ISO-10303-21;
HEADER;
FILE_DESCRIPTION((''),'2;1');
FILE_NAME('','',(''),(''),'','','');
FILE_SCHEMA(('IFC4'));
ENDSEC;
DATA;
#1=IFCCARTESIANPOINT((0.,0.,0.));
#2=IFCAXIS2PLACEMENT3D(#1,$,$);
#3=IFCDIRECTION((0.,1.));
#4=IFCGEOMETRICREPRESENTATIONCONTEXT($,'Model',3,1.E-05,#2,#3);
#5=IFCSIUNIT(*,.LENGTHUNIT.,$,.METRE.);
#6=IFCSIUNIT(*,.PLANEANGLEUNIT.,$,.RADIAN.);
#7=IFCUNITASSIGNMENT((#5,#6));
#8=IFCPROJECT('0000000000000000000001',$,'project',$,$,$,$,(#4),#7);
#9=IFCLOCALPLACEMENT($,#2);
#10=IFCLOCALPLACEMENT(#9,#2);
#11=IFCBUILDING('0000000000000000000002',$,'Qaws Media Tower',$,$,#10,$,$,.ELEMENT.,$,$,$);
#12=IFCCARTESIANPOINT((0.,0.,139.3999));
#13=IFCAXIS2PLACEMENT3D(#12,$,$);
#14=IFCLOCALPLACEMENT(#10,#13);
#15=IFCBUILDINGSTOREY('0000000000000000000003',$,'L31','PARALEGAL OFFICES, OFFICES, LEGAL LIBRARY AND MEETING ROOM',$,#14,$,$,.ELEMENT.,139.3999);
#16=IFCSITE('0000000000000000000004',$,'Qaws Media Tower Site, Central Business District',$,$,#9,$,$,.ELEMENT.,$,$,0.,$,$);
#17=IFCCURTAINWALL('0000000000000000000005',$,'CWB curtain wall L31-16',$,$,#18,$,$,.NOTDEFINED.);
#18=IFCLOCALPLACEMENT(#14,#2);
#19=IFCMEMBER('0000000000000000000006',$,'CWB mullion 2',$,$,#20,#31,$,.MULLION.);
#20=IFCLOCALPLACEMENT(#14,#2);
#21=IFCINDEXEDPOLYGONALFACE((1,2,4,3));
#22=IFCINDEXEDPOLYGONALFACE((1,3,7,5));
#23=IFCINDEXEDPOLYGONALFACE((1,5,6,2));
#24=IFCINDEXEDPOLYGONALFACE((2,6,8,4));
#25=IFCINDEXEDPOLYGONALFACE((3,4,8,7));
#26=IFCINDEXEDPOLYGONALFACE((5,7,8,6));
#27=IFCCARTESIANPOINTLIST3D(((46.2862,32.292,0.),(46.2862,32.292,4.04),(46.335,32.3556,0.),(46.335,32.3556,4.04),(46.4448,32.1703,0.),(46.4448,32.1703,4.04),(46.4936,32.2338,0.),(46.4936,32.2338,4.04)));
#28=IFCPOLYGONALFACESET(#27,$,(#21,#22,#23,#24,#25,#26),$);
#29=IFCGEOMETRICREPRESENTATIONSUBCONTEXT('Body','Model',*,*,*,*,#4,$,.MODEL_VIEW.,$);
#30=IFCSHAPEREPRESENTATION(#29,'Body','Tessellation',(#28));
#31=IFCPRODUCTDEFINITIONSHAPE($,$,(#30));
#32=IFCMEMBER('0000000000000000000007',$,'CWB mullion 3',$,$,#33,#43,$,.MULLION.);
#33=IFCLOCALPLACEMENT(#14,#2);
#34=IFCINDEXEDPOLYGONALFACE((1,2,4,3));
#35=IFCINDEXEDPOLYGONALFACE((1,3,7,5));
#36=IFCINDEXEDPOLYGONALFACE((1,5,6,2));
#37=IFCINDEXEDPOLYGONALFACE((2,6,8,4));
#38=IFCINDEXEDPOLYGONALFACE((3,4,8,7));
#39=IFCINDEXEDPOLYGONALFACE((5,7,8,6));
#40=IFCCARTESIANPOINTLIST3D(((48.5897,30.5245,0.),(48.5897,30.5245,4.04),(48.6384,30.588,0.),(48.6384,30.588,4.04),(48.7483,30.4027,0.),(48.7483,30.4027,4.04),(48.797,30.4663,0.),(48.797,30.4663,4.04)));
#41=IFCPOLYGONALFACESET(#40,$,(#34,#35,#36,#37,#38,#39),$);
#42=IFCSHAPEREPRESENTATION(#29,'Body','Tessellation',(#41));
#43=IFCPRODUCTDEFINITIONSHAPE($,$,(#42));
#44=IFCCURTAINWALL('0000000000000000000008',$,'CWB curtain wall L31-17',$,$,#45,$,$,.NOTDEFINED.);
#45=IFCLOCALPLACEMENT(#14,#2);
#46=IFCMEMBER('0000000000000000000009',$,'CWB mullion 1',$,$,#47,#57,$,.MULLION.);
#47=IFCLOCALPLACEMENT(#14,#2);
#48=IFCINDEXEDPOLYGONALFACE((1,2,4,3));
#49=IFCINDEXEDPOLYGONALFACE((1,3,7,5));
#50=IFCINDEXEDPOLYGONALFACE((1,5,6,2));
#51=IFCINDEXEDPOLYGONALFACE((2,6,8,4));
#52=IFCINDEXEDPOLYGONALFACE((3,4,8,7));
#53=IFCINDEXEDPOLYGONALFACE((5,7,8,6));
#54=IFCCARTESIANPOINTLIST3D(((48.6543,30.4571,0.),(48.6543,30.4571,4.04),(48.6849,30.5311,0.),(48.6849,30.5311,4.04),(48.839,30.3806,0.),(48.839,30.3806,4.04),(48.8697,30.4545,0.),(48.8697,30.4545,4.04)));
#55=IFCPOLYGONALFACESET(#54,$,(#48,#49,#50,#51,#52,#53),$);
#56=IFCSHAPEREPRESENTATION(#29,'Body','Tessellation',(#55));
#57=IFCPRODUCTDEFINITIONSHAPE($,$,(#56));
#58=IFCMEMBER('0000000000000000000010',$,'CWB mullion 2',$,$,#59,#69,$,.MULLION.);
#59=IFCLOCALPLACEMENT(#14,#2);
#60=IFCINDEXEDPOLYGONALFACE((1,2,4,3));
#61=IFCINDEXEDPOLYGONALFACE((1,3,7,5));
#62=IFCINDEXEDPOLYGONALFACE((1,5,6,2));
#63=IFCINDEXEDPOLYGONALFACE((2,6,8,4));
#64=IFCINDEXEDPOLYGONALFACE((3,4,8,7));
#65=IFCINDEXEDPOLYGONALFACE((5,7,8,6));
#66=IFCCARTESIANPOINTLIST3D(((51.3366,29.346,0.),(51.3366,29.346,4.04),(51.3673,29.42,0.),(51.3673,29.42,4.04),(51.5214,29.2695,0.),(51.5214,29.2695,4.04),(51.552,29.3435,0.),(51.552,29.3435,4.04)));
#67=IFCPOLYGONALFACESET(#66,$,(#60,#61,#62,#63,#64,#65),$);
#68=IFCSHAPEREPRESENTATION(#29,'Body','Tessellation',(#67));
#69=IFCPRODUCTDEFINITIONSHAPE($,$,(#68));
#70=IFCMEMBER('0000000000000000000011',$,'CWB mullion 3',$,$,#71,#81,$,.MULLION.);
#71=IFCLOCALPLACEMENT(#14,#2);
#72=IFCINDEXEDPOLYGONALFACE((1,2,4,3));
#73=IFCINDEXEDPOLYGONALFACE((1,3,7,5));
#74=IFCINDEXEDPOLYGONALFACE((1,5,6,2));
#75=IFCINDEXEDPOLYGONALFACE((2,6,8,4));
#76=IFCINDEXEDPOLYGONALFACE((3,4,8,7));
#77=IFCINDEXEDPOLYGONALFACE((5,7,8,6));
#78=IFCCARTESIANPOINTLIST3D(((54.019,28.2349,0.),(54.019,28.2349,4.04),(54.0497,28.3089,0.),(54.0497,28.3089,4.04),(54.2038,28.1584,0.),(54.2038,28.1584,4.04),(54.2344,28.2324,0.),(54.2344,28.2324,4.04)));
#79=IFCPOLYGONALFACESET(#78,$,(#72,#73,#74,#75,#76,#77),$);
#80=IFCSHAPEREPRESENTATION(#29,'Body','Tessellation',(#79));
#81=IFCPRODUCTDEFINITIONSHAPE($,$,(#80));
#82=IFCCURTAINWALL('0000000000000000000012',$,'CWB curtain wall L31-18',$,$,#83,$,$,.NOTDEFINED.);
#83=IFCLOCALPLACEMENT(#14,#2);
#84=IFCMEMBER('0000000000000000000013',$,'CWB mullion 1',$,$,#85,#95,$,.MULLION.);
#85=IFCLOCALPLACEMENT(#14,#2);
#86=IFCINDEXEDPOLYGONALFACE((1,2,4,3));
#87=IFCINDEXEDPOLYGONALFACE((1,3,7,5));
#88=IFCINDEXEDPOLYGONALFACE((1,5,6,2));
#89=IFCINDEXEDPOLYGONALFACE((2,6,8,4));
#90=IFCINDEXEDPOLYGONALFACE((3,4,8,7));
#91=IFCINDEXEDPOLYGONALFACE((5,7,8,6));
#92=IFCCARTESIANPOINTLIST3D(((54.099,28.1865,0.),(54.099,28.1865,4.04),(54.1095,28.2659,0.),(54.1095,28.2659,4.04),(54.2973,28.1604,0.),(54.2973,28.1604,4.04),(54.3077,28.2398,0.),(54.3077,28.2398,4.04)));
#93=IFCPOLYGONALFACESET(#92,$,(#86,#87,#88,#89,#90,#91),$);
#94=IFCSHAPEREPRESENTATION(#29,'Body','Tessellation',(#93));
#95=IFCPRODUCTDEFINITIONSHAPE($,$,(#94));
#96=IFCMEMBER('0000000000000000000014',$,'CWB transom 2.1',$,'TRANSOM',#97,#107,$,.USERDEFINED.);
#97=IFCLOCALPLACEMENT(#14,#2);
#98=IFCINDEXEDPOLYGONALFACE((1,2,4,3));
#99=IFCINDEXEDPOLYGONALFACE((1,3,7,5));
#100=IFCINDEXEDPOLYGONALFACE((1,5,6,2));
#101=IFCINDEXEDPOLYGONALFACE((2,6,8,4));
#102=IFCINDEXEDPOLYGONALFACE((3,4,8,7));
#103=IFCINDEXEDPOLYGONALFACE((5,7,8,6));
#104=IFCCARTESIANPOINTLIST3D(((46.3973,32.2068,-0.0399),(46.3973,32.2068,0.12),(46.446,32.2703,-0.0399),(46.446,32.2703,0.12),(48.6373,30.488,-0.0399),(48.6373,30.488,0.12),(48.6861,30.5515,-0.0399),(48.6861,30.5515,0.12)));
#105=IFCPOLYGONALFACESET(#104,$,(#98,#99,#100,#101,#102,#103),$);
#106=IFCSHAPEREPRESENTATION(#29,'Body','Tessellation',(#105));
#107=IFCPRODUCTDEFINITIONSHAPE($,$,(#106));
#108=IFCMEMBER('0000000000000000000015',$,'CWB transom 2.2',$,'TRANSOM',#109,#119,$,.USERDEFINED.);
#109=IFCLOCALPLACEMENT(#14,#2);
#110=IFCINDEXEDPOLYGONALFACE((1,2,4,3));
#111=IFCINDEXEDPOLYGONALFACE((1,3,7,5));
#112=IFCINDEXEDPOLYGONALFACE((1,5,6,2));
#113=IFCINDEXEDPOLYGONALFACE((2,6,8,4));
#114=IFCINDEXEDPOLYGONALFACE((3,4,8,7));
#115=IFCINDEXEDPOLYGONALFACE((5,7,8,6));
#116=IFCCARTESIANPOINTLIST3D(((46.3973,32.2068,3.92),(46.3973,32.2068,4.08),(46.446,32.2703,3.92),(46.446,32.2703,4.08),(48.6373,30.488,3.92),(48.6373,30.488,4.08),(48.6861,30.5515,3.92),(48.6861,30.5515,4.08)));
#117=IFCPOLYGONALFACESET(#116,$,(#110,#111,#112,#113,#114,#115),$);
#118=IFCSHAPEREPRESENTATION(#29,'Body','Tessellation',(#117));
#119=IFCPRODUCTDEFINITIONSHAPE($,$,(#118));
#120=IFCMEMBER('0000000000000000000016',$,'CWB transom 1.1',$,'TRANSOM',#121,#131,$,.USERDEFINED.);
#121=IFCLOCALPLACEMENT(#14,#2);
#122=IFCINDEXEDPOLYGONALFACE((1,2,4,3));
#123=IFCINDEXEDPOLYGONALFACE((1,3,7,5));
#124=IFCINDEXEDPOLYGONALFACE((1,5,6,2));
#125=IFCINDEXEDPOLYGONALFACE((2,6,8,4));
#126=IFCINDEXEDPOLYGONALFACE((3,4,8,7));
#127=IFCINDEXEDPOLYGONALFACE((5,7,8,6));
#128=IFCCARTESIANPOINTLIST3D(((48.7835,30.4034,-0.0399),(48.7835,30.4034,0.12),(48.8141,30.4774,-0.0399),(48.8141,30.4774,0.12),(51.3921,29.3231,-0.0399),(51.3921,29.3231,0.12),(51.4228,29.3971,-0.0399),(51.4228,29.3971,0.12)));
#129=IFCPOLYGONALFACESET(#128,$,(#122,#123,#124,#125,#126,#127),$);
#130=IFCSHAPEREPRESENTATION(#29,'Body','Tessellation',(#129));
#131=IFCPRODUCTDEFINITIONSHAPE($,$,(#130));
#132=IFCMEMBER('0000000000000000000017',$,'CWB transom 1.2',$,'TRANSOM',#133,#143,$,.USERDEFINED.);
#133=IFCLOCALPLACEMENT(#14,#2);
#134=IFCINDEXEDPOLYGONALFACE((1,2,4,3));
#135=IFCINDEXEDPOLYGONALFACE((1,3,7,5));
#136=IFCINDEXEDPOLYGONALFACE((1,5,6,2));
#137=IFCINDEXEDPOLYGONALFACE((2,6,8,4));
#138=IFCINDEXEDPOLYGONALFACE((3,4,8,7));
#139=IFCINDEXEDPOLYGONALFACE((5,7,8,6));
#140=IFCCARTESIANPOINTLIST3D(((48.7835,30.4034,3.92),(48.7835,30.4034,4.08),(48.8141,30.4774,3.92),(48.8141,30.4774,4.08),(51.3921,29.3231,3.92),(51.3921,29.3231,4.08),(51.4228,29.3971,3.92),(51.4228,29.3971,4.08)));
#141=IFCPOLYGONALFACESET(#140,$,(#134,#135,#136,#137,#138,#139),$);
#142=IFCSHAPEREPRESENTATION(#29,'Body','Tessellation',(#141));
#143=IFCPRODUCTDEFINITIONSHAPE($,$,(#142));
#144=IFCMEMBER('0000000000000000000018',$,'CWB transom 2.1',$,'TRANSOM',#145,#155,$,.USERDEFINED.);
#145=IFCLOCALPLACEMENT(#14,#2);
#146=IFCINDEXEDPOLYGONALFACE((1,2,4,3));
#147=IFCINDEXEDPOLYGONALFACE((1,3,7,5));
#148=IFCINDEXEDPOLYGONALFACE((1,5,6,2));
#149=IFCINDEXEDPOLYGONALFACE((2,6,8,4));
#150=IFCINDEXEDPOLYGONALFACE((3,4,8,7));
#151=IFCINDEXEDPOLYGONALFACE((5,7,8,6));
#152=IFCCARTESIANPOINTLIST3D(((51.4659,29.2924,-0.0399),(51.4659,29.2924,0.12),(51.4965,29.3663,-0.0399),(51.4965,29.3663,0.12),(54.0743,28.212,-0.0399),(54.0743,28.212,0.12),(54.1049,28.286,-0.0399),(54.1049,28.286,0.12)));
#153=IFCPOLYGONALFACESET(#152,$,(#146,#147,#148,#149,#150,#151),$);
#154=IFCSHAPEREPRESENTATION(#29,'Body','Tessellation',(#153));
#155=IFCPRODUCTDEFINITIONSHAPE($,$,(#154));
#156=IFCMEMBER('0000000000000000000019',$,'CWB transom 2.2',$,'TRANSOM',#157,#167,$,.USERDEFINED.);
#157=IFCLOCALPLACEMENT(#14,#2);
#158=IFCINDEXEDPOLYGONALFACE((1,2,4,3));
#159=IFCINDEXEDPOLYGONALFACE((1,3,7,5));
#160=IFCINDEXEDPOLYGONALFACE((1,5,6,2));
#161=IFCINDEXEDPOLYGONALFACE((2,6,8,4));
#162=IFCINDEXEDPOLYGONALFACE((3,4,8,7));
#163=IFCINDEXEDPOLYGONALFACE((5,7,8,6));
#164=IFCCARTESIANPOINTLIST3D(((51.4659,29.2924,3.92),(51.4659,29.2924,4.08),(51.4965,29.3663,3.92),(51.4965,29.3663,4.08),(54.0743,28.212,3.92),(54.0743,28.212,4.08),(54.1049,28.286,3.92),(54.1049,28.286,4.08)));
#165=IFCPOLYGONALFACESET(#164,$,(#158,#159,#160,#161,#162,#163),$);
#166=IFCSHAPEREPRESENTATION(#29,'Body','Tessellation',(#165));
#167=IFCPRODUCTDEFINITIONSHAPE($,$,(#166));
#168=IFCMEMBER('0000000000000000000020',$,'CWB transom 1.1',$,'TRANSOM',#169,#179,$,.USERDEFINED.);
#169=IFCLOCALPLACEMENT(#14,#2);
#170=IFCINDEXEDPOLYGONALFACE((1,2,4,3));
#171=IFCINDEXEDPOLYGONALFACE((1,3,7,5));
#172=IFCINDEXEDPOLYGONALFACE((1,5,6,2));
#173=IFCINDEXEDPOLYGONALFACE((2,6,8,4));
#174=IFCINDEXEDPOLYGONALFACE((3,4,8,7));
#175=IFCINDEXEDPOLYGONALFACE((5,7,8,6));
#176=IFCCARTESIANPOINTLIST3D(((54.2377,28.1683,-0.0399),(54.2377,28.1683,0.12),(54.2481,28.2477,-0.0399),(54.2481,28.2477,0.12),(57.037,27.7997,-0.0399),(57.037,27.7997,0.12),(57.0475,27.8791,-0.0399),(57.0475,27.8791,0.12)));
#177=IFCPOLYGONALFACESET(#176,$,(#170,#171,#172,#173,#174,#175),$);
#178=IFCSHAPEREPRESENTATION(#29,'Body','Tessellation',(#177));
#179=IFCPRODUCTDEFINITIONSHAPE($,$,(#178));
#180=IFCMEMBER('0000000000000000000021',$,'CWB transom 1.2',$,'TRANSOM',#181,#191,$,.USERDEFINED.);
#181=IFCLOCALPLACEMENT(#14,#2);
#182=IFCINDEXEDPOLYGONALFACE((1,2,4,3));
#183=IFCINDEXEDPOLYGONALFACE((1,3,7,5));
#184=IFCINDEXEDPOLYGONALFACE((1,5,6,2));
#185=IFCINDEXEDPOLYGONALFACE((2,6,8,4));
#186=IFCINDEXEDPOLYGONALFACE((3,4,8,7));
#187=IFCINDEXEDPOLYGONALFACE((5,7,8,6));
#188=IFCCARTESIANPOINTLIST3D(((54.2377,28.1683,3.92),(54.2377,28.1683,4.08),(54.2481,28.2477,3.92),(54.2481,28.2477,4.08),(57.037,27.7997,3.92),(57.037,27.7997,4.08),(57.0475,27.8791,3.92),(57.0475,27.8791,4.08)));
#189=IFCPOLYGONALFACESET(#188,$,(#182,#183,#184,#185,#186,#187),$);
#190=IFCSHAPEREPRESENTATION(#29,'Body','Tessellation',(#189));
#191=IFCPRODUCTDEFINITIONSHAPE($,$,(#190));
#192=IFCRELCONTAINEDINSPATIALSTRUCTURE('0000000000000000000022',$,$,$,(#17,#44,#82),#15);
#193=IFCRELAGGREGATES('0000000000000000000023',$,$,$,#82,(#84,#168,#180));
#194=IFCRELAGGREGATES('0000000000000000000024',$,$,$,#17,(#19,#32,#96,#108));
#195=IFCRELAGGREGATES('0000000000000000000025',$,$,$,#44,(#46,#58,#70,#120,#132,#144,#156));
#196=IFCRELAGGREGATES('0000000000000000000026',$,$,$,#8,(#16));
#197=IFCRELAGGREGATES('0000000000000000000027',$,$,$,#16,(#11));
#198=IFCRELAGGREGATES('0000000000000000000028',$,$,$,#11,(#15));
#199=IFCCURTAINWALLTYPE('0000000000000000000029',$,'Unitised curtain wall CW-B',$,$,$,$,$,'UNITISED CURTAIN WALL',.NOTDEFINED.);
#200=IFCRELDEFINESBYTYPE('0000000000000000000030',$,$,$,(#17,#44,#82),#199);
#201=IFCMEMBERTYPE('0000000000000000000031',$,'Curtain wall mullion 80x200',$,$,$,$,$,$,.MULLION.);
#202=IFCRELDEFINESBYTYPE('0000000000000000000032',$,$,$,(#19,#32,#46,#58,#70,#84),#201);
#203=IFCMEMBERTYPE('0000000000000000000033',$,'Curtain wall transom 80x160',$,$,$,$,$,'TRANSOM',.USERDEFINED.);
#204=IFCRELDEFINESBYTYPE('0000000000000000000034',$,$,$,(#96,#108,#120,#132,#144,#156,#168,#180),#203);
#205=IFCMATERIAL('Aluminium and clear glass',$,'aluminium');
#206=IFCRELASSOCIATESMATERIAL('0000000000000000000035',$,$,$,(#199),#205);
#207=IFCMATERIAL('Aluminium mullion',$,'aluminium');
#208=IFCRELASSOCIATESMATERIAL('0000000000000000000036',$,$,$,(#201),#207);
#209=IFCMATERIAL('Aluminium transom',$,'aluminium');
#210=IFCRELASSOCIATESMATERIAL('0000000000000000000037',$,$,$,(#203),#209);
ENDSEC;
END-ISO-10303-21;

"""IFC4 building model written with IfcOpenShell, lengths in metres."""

from ifc_helpers import new_model, si_unit, direction, frame, origin, origin_2d, place, context, subcontext, project, spatial, rectangle, extrude, material, material_profile, profile_set, type_object, element, aggregate, save


model = new_model("IFC4")

# Units and contexts
model_context = context("Model", 3, precision=1e-05, world=origin(), true_north=direction((0.0, 1.0)))
body_context = subcontext(model_context, "Body", "Model", "MODEL_VIEW")
ifc_project = project(units=[si_unit("LENGTHUNIT", "METRE"), si_unit("PLANEANGLEUNIT", "RADIAN")], contexts=[model_context])

# Site, building, storey
site_placement = place(None, origin())
site = spatial("IfcSite", under=ifc_project, at=site_placement, Name="Qaws Media Tower Site, Central Business District", CompositionType="ELEMENT", RefElevation=0.0)
building_placement = place(site_placement, origin())
building = spatial("IfcBuilding", under=site, at=building_placement, Name="Qaws Media Tower", CompositionType="ELEMENT")
storey_placement = place(building_placement, frame((0.0, 0.0, 139.3999)))
storey = spatial("IfcBuildingStorey", under=building, at=storey_placement, Name="L31", Description="PARALEGAL OFFICES, OFFICES, LEGAL LIBRARY AND MEETING ROOM", CompositionType="ELEMENT", Elevation=139.3999)

# Curtain walls, members
ifc_material_1 = material(Name="Aluminium and clear glass", Category="aluminium")
curtain_wall_type = type_object("IfcCurtainWallType", Name="Unitised curtain wall CW-B", ElementType="UNITISED CURTAIN WALL", PredefinedType="NOTDEFINED", material=ifc_material_1)
curtain_wall_1_placement = place(storey_placement, origin())
curtain_wall_1 = element("IfcCurtainWall", 1, at=curtain_wall_1_placement, inside=storey, type_object=curtain_wall_type, Name="CWB curtain wall L31-16", PredefinedType="NOTDEFINED")
ifc_material_2 = material(Name="Aluminium mullion", Category="aluminium")
ifc_material_profile_1 = material_profile(ifc_material_2, rectangle(XDim=0.0801, YDim=0.2, at=origin_2d()), Name="80x200")
ifc_profile_set_1 = profile_set([ifc_material_profile_1], Name="Aluminium mullion")
member_type_1 = type_object("IfcMemberType", Name="Curtain wall mullion 80x200", PredefinedType="MULLION", material=ifc_profile_set_1)
member_1_placement = place(storey_placement, frame((46.3899, 32.2629, 0.0), z_axis=(0.0, 0.0, 1.0), x_axis=(0.608761, 0.793353, 0.0)))
member_1 = element("IfcMember", 2, at=member_1_placement, type_object=member_type_1, Name="CWB mullion 2", PredefinedType="MULLION", context=body_context, shape_type="SweptSolid", body=[
    extrude(rectangle(XDim=0.0801, YDim=0.2, at=origin_2d()), origin(), (0.0, 0.0, 1.0), 4.04),
])
member_2_placement = place(storey_placement, frame((48.6934, 30.4954, 0.0), z_axis=(0.0, 0.0, 1.0), x_axis=(0.608761, 0.793353, 0.0)))
member_2 = element("IfcMember", 3, at=member_2_placement, type_object=member_type_1, Name="CWB mullion 3", PredefinedType="MULLION", context=body_context, shape_type="SweptSolid", body=[
    extrude(rectangle(XDim=0.0801, YDim=0.2, at=origin_2d()), origin(), (0.0, 0.0, 1.0), 4.04),
])
curtain_wall_2_placement = place(storey_placement, origin())
curtain_wall_2 = element("IfcCurtainWall", 4, at=curtain_wall_2_placement, inside=storey, type_object=curtain_wall_type, Name="CWB curtain wall L31-17", PredefinedType="NOTDEFINED")
member_3_placement = place(storey_placement, frame((48.762, 30.4558, 0.0), z_axis=(0.0, 0.0, 1.0), x_axis=(0.382683, 0.92388, 0.0)))
member_3 = element("IfcMember", 5, at=member_3_placement, type_object=member_type_1, Name="CWB mullion 1", PredefinedType="MULLION", context=body_context, shape_type="SweptSolid", body=[
    extrude(rectangle(XDim=0.0801, YDim=0.2, at=origin_2d()), origin(), (0.0, 0.0, 1.0), 4.04),
])
member_4_placement = place(storey_placement, frame((51.4443, 29.3447, 0.0), z_axis=(0.0, 0.0, 1.0), x_axis=(0.382683, 0.92388, 0.0)))
member_4 = element("IfcMember", 6, at=member_4_placement, type_object=member_type_1, Name="CWB mullion 2", PredefinedType="MULLION", context=body_context, shape_type="SweptSolid", body=[
    extrude(rectangle(XDim=0.0801, YDim=0.2, at=origin_2d()), origin(), (0.0, 0.0, 1.0), 4.04),
])
member_5_placement = place(storey_placement, frame((54.1267, 28.2336, 0.0), z_axis=(0.0, 0.0, 1.0), x_axis=(0.382683, 0.92388, 0.0)))
member_5 = element("IfcMember", 7, at=member_5_placement, type_object=member_type_1, Name="CWB mullion 3", PredefinedType="MULLION", context=body_context, shape_type="SweptSolid", body=[
    extrude(rectangle(XDim=0.0801, YDim=0.2, at=origin_2d()), origin(), (0.0, 0.0, 1.0), 4.04),
])

# Curtain wall, member
curtain_wall_3_placement = place(storey_placement, origin())
curtain_wall_3 = element("IfcCurtainWall", 8, at=curtain_wall_3_placement, inside=storey, type_object=curtain_wall_type, Name="CWB curtain wall L31-18", PredefinedType="NOTDEFINED")
member_6_placement = place(storey_placement, frame((54.2034, 28.2131, 0.0), z_axis=(0.0, 0.0, 1.0), x_axis=(0.130526, 0.991445, 0.0)))
member_6 = element("IfcMember", 9, at=member_6_placement, type_object=member_type_1, Name="CWB mullion 1", PredefinedType="MULLION", context=body_context, shape_type="SweptSolid", body=[
    extrude(rectangle(XDim=0.0801, YDim=0.2, at=origin_2d()), origin(), (0.0, 0.0, 1.0), 4.04),
])

# Members
ifc_material_3 = material(Name="Aluminium transom", Category="aluminium")
ifc_material_profile_2 = material_profile(ifc_material_3, rectangle(XDim=0.0801, YDim=0.1599, at=origin_2d()), Name="80x160")
ifc_profile_set_2 = profile_set([ifc_material_profile_2], Name="Aluminium transom")
member_type_2 = type_object("IfcMemberType", Name="Curtain wall transom 80x160", ElementType="TRANSOM", PredefinedType="USERDEFINED", material=ifc_profile_set_2)
member_7_placement = place(storey_placement, frame((46.4216, 32.2385, 0.04), z_axis=(0.793363, -0.608749, 0.0), x_axis=(0.608749, 0.793363, 0.0)))
member_7 = element("IfcMember", 10, at=member_7_placement, type_object=member_type_2, Name="CWB transom 2.1", ObjectType="TRANSOM", PredefinedType="USERDEFINED", context=body_context, shape_type="SweptSolid", body=[
    extrude(rectangle(XDim=0.0801, YDim=0.1599, at=origin_2d()), origin(), (0.0, 0.0, 1.0), 2.8235),
])
member_8_placement = place(storey_placement, frame((46.4216, 32.2385, 4.0), z_axis=(0.793363, -0.608749, 0.0), x_axis=(0.608749, 0.793363, 0.0)))
member_8 = element("IfcMember", 11, at=member_8_placement, type_object=member_type_2, Name="CWB transom 2.2", ObjectType="TRANSOM", PredefinedType="USERDEFINED", context=body_context, shape_type="SweptSolid", body=[
    extrude(rectangle(XDim=0.0801, YDim=0.1599, at=origin_2d()), origin(), (0.0, 0.0, 1.0), 2.8235),
])
member_9_placement = place(storey_placement, frame((48.7988, 30.4404, 0.04), z_axis=(0.923906, -0.382619, 0.0), x_axis=(0.382619, 0.923906, 0.0)))
member_9 = element("IfcMember", 12, at=member_9_placement, type_object=member_type_2, Name="CWB transom 1.1", ObjectType="TRANSOM", PredefinedType="USERDEFINED", context=body_context, shape_type="SweptSolid", body=[
    extrude(rectangle(XDim=0.0801, YDim=0.1599, at=origin_2d()), origin(), (0.0, 0.0, 1.0), 2.8235),
])
member_10_placement = place(storey_placement, frame((48.7988, 30.4404, 4.0), z_axis=(0.923906, -0.382619, 0.0), x_axis=(0.382619, 0.923906, 0.0)))
member_10 = element("IfcMember", 13, at=member_10_placement, type_object=member_type_2, Name="CWB transom 1.2", ObjectType="TRANSOM", PredefinedType="USERDEFINED", context=body_context, shape_type="SweptSolid", body=[
    extrude(rectangle(XDim=0.0801, YDim=0.1599, at=origin_2d()), origin(), (0.0, 0.0, 1.0), 2.8235),
])
member_11_placement = place(storey_placement, frame((51.4812, 29.3293, 0.04), z_axis=(0.923894, -0.38265, 0.0), x_axis=(0.38265, 0.923894, 0.0)))
member_11 = element("IfcMember", 14, at=member_11_placement, type_object=member_type_2, Name="CWB transom 2.1", ObjectType="TRANSOM", PredefinedType="USERDEFINED", context=body_context, shape_type="SweptSolid", body=[
    extrude(rectangle(XDim=0.0801, YDim=0.1599, at=origin_2d()), origin(), (0.0, 0.0, 1.0), 2.8232),
])
member_12_placement = place(storey_placement, frame((51.4812, 29.3293, 4.0), z_axis=(0.923894, -0.38265, 0.0), x_axis=(0.38265, 0.923894, 0.0)))
member_12 = element("IfcMember", 15, at=member_12_placement, type_object=member_type_2, Name="CWB transom 2.2", ObjectType="TRANSOM", PredefinedType="USERDEFINED", context=body_context, shape_type="SweptSolid", body=[
    extrude(rectangle(XDim=0.0801, YDim=0.1599, at=origin_2d()), origin(), (0.0, 0.0, 1.0), 2.8232),
])
member_13_placement = place(storey_placement, frame((54.2429, 28.208, 0.04), z_axis=(0.99144, -0.130566, 0.0), x_axis=(0.130566, 0.99144, 0.0)))
member_13 = element("IfcMember", 16, at=member_13_placement, type_object=member_type_2, Name="CWB transom 1.1", ObjectType="TRANSOM", PredefinedType="USERDEFINED", context=body_context, shape_type="SweptSolid", body=[
    extrude(rectangle(XDim=0.0801, YDim=0.1599, at=origin_2d()), origin(), (0.0, 0.0, 1.0), 2.8235),
])
member_14_placement = place(storey_placement, frame((54.2429, 28.208, 4.0), z_axis=(0.99144, -0.130566, 0.0), x_axis=(0.130566, 0.99144, 0.0)))
member_14 = element("IfcMember", 17, at=member_14_placement, type_object=member_type_2, Name="CWB transom 1.2", ObjectType="TRANSOM", PredefinedType="USERDEFINED", context=body_context, shape_type="SweptSolid", body=[
    extrude(rectangle(XDim=0.0801, YDim=0.1599, at=origin_2d()), origin(), (0.0, 0.0, 1.0), 2.8235),
])
aggregate(curtain_wall_3, [member_6, member_13, member_14])

aggregate(curtain_wall_1, [member_1, member_2, member_7, member_8])
aggregate(curtain_wall_2, [member_3, member_4, member_5, member_9, member_10, member_11, member_12])

save(model, "model.ifc")
